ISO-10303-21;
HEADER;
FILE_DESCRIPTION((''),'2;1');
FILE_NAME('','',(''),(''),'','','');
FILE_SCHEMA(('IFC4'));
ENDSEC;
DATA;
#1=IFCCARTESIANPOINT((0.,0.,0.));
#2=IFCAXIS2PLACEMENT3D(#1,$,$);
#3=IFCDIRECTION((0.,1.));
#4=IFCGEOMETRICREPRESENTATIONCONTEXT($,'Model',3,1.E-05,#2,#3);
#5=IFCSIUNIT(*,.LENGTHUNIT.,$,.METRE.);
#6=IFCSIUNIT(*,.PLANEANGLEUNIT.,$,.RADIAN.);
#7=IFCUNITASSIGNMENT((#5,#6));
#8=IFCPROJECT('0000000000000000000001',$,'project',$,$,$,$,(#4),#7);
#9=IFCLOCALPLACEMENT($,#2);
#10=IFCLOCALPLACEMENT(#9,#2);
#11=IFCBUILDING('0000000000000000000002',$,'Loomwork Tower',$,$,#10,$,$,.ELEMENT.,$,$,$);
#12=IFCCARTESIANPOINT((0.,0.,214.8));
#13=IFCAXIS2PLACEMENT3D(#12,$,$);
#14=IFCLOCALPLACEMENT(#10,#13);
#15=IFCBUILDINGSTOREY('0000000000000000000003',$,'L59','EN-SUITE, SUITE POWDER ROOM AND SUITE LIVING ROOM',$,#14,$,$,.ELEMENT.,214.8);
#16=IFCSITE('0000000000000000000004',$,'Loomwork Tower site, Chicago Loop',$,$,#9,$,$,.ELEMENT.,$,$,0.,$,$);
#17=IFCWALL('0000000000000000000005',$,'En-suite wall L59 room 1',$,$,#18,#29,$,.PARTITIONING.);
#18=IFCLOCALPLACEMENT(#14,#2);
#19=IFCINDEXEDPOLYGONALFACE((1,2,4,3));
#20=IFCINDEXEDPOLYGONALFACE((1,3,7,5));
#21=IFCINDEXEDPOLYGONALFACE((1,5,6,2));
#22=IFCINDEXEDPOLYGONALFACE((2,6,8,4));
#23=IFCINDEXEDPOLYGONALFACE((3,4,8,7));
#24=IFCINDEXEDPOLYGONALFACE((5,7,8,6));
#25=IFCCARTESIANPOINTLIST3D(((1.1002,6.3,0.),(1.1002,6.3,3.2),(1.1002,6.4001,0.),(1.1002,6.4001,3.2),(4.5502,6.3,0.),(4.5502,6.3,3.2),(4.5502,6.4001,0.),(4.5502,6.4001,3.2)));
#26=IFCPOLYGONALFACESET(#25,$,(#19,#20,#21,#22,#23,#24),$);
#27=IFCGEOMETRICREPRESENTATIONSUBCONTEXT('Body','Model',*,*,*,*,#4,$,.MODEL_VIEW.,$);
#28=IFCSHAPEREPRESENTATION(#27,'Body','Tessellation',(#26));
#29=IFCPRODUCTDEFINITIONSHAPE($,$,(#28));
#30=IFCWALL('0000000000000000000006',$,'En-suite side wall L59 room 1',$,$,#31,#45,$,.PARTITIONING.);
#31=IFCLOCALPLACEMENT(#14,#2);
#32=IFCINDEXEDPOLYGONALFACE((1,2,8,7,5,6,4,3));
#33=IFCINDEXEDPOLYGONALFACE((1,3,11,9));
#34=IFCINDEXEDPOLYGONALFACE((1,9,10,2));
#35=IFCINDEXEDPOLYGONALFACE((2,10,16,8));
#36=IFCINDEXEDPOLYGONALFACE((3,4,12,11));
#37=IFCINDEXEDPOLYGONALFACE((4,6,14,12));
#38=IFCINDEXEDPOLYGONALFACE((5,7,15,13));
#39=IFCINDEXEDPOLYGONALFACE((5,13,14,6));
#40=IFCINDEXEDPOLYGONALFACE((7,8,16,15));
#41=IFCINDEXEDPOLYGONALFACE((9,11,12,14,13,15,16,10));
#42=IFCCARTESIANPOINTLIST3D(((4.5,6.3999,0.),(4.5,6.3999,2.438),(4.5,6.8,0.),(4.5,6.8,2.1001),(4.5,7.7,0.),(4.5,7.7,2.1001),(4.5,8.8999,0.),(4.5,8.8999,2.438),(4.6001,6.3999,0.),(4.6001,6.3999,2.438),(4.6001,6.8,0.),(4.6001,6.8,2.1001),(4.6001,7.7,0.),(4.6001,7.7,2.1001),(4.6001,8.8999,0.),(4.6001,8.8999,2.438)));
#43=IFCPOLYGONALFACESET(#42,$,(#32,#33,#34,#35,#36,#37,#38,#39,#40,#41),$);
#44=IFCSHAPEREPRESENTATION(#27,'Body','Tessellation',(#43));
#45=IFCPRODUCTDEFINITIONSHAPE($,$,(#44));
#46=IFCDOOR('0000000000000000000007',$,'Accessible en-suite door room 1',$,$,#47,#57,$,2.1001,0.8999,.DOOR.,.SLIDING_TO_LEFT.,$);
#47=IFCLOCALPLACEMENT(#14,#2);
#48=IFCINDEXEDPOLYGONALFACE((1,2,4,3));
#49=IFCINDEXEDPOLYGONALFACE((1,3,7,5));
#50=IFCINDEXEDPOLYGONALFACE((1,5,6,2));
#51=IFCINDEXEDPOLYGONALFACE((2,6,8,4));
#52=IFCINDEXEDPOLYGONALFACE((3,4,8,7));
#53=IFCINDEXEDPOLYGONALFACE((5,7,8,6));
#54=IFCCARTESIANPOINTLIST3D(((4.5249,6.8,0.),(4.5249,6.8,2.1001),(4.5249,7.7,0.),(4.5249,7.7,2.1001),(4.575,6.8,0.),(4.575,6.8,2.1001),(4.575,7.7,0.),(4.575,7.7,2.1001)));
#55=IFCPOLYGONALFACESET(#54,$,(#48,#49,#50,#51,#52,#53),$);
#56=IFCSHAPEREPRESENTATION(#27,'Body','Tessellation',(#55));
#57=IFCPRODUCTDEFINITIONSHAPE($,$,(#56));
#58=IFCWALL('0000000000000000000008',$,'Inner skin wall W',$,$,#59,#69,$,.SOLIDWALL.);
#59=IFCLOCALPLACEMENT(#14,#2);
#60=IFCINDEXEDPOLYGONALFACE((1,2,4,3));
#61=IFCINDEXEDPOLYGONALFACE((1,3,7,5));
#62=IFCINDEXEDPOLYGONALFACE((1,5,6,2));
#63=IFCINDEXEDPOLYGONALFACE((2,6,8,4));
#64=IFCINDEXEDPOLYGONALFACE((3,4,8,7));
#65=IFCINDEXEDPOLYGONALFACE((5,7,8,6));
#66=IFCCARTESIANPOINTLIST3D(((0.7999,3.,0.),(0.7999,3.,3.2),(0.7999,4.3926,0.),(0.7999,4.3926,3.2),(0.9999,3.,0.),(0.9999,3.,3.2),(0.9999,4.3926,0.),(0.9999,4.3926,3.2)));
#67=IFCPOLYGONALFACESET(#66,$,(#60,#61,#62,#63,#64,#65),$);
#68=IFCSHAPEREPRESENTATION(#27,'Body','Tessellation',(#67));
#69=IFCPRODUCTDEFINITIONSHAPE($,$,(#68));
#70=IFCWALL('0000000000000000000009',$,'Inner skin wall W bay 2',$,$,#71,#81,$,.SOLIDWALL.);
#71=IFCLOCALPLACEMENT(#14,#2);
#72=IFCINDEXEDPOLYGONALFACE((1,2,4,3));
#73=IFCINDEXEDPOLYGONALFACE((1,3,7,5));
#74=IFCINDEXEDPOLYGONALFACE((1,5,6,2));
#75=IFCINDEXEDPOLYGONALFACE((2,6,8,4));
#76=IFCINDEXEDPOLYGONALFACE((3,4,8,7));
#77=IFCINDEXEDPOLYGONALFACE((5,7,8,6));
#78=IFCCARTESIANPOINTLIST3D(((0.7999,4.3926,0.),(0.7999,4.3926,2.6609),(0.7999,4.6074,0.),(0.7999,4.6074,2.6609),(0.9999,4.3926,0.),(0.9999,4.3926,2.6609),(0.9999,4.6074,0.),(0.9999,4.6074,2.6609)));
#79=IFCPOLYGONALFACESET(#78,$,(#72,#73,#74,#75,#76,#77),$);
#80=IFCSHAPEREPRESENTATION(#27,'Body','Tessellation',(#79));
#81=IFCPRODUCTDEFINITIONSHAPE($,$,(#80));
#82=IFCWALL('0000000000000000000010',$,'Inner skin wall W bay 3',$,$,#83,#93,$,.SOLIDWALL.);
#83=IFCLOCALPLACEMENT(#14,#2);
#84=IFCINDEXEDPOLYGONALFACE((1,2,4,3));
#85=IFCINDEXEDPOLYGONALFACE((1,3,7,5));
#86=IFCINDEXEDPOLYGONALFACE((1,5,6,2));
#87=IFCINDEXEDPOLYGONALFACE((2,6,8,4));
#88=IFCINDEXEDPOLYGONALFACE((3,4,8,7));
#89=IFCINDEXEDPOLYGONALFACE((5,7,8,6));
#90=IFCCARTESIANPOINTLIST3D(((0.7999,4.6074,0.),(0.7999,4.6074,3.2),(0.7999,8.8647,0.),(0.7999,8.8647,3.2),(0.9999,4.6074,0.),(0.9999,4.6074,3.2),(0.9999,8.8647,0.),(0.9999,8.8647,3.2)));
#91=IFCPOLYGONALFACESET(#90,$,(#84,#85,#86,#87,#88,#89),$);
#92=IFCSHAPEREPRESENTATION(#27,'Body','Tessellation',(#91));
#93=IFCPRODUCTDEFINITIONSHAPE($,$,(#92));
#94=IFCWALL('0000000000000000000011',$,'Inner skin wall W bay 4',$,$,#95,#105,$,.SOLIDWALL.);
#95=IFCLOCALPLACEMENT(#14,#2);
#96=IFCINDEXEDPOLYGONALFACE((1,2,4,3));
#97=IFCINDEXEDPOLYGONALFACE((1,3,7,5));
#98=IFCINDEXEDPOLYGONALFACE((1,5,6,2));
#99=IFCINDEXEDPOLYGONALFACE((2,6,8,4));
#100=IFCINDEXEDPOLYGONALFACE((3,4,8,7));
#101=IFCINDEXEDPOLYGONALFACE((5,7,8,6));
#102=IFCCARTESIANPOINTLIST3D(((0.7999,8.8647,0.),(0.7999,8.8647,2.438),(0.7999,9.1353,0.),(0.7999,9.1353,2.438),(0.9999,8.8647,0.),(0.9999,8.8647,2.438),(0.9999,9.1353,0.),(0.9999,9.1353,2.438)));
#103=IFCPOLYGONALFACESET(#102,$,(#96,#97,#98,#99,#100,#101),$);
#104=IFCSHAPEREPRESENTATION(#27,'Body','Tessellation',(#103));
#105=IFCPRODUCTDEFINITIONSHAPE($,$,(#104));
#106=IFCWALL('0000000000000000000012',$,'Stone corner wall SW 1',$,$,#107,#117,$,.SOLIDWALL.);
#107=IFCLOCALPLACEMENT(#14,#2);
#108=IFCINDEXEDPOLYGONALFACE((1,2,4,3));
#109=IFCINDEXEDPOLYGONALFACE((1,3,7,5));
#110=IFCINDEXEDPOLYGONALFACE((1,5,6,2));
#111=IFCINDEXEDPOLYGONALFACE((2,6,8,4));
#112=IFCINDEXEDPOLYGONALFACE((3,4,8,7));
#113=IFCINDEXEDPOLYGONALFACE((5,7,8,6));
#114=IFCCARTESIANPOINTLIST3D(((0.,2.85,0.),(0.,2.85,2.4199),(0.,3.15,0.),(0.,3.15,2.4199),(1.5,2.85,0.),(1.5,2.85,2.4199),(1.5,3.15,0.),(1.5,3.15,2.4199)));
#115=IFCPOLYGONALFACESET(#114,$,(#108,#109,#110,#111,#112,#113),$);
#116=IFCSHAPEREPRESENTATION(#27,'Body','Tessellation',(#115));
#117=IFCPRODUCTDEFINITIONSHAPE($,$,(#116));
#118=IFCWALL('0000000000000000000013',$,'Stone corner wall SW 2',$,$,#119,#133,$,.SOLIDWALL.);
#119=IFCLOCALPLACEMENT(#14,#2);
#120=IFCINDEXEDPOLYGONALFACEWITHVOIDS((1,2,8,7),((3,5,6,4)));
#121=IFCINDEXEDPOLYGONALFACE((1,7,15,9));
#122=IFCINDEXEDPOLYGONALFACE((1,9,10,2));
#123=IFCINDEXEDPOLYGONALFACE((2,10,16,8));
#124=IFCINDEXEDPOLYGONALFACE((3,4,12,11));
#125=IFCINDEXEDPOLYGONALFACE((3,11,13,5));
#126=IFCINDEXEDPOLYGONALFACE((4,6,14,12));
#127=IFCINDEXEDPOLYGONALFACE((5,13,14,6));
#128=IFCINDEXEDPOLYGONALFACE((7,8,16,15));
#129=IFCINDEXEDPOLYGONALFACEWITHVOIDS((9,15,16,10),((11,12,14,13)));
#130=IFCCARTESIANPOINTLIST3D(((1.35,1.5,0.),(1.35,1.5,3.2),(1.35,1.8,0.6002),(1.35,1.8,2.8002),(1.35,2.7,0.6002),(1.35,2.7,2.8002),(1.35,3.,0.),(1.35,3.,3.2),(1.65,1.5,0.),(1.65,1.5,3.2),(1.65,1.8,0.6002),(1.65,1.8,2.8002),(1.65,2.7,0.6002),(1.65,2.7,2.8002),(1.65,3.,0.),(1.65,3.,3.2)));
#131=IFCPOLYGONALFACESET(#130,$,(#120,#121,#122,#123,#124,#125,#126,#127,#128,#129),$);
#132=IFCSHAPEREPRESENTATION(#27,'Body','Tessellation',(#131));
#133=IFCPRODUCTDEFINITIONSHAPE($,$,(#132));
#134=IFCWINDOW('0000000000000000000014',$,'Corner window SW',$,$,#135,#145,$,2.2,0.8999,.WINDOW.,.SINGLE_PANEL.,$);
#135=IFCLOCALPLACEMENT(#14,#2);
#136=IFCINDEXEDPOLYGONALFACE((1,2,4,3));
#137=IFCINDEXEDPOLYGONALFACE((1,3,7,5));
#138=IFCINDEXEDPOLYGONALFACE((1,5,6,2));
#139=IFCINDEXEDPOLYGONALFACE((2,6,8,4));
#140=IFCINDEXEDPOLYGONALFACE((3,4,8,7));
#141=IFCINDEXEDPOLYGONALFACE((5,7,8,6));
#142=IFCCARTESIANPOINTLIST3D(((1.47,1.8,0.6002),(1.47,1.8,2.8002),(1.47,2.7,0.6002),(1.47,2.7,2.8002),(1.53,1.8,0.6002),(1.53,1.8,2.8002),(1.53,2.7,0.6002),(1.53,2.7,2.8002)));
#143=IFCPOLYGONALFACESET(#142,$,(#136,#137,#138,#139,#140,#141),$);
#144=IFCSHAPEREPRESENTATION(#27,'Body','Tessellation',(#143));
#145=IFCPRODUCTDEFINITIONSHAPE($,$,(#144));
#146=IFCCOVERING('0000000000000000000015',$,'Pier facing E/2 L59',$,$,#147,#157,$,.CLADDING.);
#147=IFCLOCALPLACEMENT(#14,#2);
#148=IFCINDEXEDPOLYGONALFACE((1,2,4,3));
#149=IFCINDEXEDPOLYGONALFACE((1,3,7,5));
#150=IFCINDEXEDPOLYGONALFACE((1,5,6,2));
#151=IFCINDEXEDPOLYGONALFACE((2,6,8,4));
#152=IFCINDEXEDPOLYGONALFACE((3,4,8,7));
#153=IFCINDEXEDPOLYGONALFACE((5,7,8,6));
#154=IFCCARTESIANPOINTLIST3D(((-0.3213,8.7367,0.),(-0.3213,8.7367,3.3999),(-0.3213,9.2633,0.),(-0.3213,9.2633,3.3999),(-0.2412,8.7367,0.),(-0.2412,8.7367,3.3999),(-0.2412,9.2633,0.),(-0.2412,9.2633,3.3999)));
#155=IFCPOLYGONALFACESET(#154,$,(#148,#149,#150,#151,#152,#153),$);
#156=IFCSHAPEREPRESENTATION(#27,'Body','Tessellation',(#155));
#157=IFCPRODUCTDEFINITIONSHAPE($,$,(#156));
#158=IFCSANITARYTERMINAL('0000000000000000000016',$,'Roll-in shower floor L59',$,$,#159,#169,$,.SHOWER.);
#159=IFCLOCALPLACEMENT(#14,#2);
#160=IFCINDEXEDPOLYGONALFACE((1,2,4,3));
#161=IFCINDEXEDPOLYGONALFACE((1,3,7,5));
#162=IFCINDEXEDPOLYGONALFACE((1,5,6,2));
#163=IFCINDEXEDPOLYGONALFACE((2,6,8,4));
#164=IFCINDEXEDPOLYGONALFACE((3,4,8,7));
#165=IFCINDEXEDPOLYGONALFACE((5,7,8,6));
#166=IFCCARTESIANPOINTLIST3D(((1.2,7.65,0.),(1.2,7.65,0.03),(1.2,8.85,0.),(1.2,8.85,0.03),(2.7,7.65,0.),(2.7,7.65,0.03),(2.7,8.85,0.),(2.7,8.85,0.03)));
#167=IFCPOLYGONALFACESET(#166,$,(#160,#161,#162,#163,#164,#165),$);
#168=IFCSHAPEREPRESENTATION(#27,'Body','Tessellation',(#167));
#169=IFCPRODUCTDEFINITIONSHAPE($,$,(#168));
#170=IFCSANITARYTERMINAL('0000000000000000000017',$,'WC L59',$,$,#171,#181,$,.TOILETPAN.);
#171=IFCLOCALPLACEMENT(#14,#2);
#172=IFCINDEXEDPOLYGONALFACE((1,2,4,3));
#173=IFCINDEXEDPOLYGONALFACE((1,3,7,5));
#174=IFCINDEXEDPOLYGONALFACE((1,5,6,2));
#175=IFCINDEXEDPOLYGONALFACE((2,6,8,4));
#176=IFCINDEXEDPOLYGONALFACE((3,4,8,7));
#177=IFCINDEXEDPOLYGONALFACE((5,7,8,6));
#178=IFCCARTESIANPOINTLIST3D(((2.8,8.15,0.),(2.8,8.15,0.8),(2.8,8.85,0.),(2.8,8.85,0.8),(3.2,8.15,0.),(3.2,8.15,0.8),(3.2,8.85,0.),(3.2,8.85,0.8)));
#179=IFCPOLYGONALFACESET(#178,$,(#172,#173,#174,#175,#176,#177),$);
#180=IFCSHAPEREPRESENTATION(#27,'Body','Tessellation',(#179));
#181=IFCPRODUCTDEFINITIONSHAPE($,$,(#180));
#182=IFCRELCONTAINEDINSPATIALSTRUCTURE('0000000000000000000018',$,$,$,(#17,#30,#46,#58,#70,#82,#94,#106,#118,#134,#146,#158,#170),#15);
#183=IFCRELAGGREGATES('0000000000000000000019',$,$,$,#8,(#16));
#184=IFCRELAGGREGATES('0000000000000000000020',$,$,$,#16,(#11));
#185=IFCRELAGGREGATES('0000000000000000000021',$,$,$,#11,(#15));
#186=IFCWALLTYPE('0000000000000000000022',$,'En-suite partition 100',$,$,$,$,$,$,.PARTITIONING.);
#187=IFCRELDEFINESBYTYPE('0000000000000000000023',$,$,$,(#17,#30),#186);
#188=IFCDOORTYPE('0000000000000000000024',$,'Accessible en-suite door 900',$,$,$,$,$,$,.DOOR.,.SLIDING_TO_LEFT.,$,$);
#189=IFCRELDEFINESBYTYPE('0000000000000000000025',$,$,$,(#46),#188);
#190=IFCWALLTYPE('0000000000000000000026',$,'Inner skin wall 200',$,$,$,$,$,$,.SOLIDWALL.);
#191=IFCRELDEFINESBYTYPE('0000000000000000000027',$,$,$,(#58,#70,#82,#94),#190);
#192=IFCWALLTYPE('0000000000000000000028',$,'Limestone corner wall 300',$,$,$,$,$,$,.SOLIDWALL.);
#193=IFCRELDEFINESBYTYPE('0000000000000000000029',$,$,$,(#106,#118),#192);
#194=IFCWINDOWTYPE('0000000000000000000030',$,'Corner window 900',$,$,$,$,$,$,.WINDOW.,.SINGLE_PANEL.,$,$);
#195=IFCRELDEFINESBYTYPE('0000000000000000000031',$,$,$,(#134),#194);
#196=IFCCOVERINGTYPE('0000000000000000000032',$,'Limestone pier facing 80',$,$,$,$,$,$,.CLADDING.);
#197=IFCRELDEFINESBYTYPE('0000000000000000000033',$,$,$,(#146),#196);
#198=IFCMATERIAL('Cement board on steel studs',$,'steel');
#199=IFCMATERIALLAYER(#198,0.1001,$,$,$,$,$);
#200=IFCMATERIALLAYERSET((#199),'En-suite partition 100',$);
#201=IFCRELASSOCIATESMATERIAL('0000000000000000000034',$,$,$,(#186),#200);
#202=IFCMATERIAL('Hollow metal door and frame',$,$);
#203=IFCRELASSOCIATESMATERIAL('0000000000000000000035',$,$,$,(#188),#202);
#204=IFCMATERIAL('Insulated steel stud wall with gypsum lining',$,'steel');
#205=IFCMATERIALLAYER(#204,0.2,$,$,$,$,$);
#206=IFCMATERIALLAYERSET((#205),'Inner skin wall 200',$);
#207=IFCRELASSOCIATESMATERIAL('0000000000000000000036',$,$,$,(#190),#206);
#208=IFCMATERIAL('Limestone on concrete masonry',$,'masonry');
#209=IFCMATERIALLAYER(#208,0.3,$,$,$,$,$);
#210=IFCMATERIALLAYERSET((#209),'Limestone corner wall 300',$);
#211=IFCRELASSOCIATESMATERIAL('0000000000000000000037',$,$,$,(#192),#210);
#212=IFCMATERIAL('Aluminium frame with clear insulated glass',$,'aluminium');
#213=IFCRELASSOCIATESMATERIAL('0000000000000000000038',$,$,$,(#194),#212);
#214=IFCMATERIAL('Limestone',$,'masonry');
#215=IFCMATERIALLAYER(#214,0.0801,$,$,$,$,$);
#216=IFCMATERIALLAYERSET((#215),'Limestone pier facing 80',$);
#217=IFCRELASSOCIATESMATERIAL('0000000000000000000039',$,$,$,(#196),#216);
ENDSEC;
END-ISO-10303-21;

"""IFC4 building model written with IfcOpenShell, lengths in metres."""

from ifc_helpers import new_model, si_unit, direction, frame, frame_2d, origin, origin_2d, place, context, subcontext, project, spatial, rectangle, extrude, material, layer, layer_set, type_object, element, fill, save


model = new_model("IFC4")

# Units and contexts
model_context = context("Model", 3, precision=1e-05, world=origin(), true_north=direction((0.0, 1.0)))
body_context = subcontext(model_context, "Body", "Model", "MODEL_VIEW")
ifc_project = project(units=[si_unit("LENGTHUNIT", "METRE"), si_unit("PLANEANGLEUNIT", "RADIAN")], contexts=[model_context])

# Site, building, storey
site_placement = place(None, origin())
site = spatial("IfcSite", under=ifc_project, at=site_placement, Name="Loomwork Tower site, Chicago Loop", CompositionType="ELEMENT", RefElevation=0.0)
building_placement = place(site_placement, origin())
building = spatial("IfcBuilding", under=site, at=building_placement, Name="Loomwork Tower", CompositionType="ELEMENT")
storey_placement = place(building_placement, frame((0.0, 0.0, 214.8)))
storey = spatial("IfcBuildingStorey", under=building, at=storey_placement, Name="L59", Description="EN-SUITE, SUITE POWDER ROOM AND SUITE LIVING ROOM", CompositionType="ELEMENT", Elevation=214.8)

# Wall
ifc_material_1 = material(Name="Cement board on steel studs", Category="steel")
ifc_layer_1 = layer(ifc_material_1, 0.1001)
ifc_layer_set_1 = layer_set([ifc_layer_1], Name="En-suite partition 100")
wall_type_1 = type_object("IfcWallType", Name="En-suite partition 100", PredefinedType="PARTITIONING", material=ifc_layer_set_1)
wall_1_placement = place(storey_placement, frame((1.1001, 6.3501, 0.0), z_axis=(0.0, 0.0, 1.0), x_axis=(1.0, 0.0, 0.0)))
element("IfcWall", 1, at=wall_1_placement, inside=storey, type_object=wall_type_1, Name="En-suite wall L59 room 1", PredefinedType="PARTITIONING", context=body_context, shape_type="SweptSolid", body=[
    extrude(rectangle(XDim=3.45, YDim=0.1001, at=frame_2d((1.7251, 0.0))), origin(), (0.0, 0.0, 1.0), 3.2),
])

# Wall, opening, door
wall_2_placement = place(storey_placement, frame((4.55, 8.8999, 0.0), z_axis=(0.0, 0.0, 1.0), x_axis=(0.0, -1.0, 0.0)))
wall_2 = element("IfcWall", 2, at=wall_2_placement, inside=storey, type_object=wall_type_1, Name="En-suite side wall L59 room 1", PredefinedType="PARTITIONING", context=body_context, shape_type="SweptSolid", body=[
    extrude(rectangle(XDim=2.5, YDim=0.1001, at=frame_2d((1.25, 0.0))), origin(), (0.0, 0.0, 1.0), 2.438),
])
opening_1_placement = place(wall_2_placement, frame((1.2, 0.0, 0.0)))
opening_1 = element("IfcOpeningElement", 3, at=opening_1_placement, cuts=wall_2, PredefinedType="OPENING", context=body_context, shape_type="SweptSolid", body=[
    extrude(rectangle(XDim=0.8999, YDim=2.1001, at=frame_2d((0.45, 1.05))), frame((0.0, 0.0601, 0.0), z_axis=(0.0, -1.0, 0.0), x_axis=(1.0, 0.0, 0.0)), (0.0, 0.0, 1.0), 0.1201),
])
ifc_material_2 = material(Name="Hollow metal door and frame")
door_type = type_object("IfcDoorType", Name="Accessible en-suite door 900", OperationType="SLIDING_TO_LEFT", PredefinedType="DOOR", material=ifc_material_2)
door_placement = place(opening_1_placement, origin())
door = element("IfcDoor", 4, at=door_placement, inside=storey, type_object=door_type, Name="Accessible en-suite door room 1", OperationType="SLIDING_TO_LEFT", OverallHeight=2.1001, OverallWidth=0.8999, PredefinedType="DOOR", context=body_context, shape_type="SweptSolid", body=[
    extrude(rectangle(XDim=0.8999, YDim=2.1001, at=frame_2d((0.45, 1.05))), frame((0.0, 0.0249, 0.0), z_axis=(0.0, -1.0, 0.0), x_axis=(1.0, 0.0, 0.0)), (0.0, 0.0, 1.0), 0.05),
])
fill(opening_1, door)

# Walls
ifc_material_3 = material(Name="Insulated steel stud wall with gypsum lining", Category="steel")
ifc_layer_2 = layer(ifc_material_3, 0.2)
ifc_layer_set_2 = layer_set([ifc_layer_2], Name="Inner skin wall 200")
wall_type_2 = type_object("IfcWallType", Name="Inner skin wall 200", PredefinedType="SOLIDWALL", material=ifc_layer_set_2)
wall_3_placement = place(storey_placement, frame((0.8999, 3.0, 0.0), z_axis=(0.0, 0.0, 1.0), x_axis=(0.0, 1.0, 0.0)))
element("IfcWall", 5, at=wall_3_placement, inside=storey, type_object=wall_type_2, Name="Inner skin wall W", PredefinedType="SOLIDWALL", context=body_context, shape_type="SweptSolid", body=[
    extrude(rectangle(XDim=1.3926, YDim=0.2, at=frame_2d((0.6963, 0.0))), origin(), (0.0, 0.0, 1.0), 3.2),
])
wall_4_placement = place(storey_placement, frame((0.8999, 4.3926, 0.0), z_axis=(0.0, 0.0, 1.0), x_axis=(0.0, 1.0, 0.0)))
element("IfcWall", 6, at=wall_4_placement, inside=storey, type_object=wall_type_2, Name="Inner skin wall W bay 2", PredefinedType="SOLIDWALL", context=body_context, shape_type="SweptSolid", body=[
    extrude(rectangle(XDim=0.2148, YDim=0.2, at=frame_2d((0.1074, 0.0))), origin(), (0.0, 0.0, 1.0), 2.6609),
])
wall_5_placement = place(storey_placement, frame((0.8999, 4.6074, 0.0), z_axis=(0.0, 0.0, 1.0), x_axis=(0.0, 1.0, 0.0)))
element("IfcWall", 7, at=wall_5_placement, inside=storey, type_object=wall_type_2, Name="Inner skin wall W bay 3", PredefinedType="SOLIDWALL", context=body_context, shape_type="SweptSolid", body=[
    extrude(rectangle(XDim=4.2573, YDim=0.2, at=frame_2d((2.1287, 0.0))), origin(), (0.0, 0.0, 1.0), 3.2),
])
wall_6_placement = place(storey_placement, frame((0.8999, 8.8647, 0.0), z_axis=(0.0, 0.0, 1.0), x_axis=(0.0, 1.0, 0.0)))
element("IfcWall", 8, at=wall_6_placement, inside=storey, type_object=wall_type_2, Name="Inner skin wall W bay 4", PredefinedType="SOLIDWALL", context=body_context, shape_type="SweptSolid", body=[
    extrude(rectangle(XDim=0.2705, YDim=0.2, at=frame_2d((0.1353, 0.0))), origin(), (0.0, 0.0, 1.0), 2.438),
])
ifc_material_4 = material(Name="Limestone on concrete masonry", Category="masonry")
ifc_layer_3 = layer(ifc_material_4, 0.3)
ifc_layer_set_3 = layer_set([ifc_layer_3], Name="Limestone corner wall 300")
wall_type_3 = type_object("IfcWallType", Name="Limestone corner wall 300", PredefinedType="SOLIDWALL", material=ifc_layer_set_3)
wall_7_placement = place(storey_placement, frame((0.0, 3.0, 0.0), z_axis=(0.0, 0.0, 1.0), x_axis=(1.0, 0.0, 0.0)))
element("IfcWall", 9, at=wall_7_placement, inside=storey, type_object=wall_type_3, Name="Stone corner wall SW 1", PredefinedType="SOLIDWALL", context=body_context, shape_type="SweptSolid", body=[
    extrude(rectangle(XDim=1.5, YDim=0.3, at=frame_2d((0.75, 0.0))), origin(), (0.0, 0.0, 1.0), 2.4199),
])

# Wall, opening, window
wall_8_placement = place(storey_placement, frame((1.5, 3.0, 0.0), z_axis=(0.0, 0.0, 1.0), x_axis=(0.0, -1.0, 0.0)))
wall_8 = element("IfcWall", 10, at=wall_8_placement, inside=storey, type_object=wall_type_3, Name="Stone corner wall SW 2", PredefinedType="SOLIDWALL", context=body_context, shape_type="SweptSolid", body=[
    extrude(rectangle(XDim=1.5, YDim=0.3, at=frame_2d((0.75, 0.0))), origin(), (0.0, 0.0, 1.0), 3.2),
])
opening_2_placement = place(wall_8_placement, frame((0.3, 0.0, 0.6001)))
opening_2 = element("IfcOpeningElement", 11, at=opening_2_placement, cuts=wall_8, PredefinedType="OPENING", context=body_context, shape_type="SweptSolid", body=[
    extrude(rectangle(XDim=0.8999, YDim=2.2, at=frame_2d((0.45, 1.1001))), frame((0.0, 0.1599, 0.0), z_axis=(0.0, -1.0, 0.0), x_axis=(1.0, 0.0, 0.0)), (0.0, 0.0, 1.0), 0.3201),
])
ifc_material_5 = material(Name="Aluminium frame with clear insulated glass", Category="aluminium")
window_type = type_object("IfcWindowType", Name="Corner window 900", PartitioningType="SINGLE_PANEL", PredefinedType="WINDOW", material=ifc_material_5)
window_placement = place(opening_2_placement, origin())
window = element("IfcWindow", 12, at=window_placement, inside=storey, type_object=window_type, Name="Corner window SW", OverallHeight=2.2, OverallWidth=0.8999, PartitioningType="SINGLE_PANEL", PredefinedType="WINDOW", context=body_context, shape_type="SweptSolid", body=[
    extrude(rectangle(XDim=0.8999, YDim=2.2, at=frame_2d((0.45, 1.1001))), frame((0.0, 0.03, 0.0), z_axis=(0.0, -1.0, 0.0), x_axis=(1.0, 0.0, 0.0)), (0.0, 0.0, 1.0), 0.0601),
])
fill(opening_2, window)

# Covering
ifc_material_6 = material(Name="Limestone", Category="masonry")
ifc_layer_4 = layer(ifc_material_6, 0.0801)
ifc_layer_set_4 = layer_set([ifc_layer_4], Name="Limestone pier facing 80")
covering_type = type_object("IfcCoveringType", Name="Limestone pier facing 80", PredefinedType="CLADDING", material=ifc_layer_set_4)
covering_placement = place(storey_placement, frame((-0.2812, 9.0, 0.0), z_axis=(0.0, 0.0, 1.0), x_axis=(1.0, 0.0, 0.0)))
element("IfcCovering", 13, at=covering_placement, inside=storey, type_object=covering_type, Name="Pier facing E/2 L59", PredefinedType="CLADDING", context=body_context, shape_type="SweptSolid", body=[
    extrude(rectangle(XDim=0.0801, YDim=0.5266, at=origin_2d()), origin(), (0.0, 0.0, 1.0), 3.3999),
])

# Sanitary terminals
sanitary_terminal_1_placement = place(storey_placement, frame((1.95, 8.25, 0.0), z_axis=(0.0, 0.0, 1.0), x_axis=(1.0, 0.0, 0.0)))
element("IfcSanitaryTerminal", 14, at=sanitary_terminal_1_placement, inside=storey, Name="Roll-in shower floor L59", PredefinedType="SHOWER", context=body_context, shape_type="SweptSolid", body=[
    extrude(rectangle(XDim=1.5, YDim=1.2, at=origin_2d()), origin(), (0.0, 0.0, 1.0), 0.03),
])
sanitary_terminal_2_placement = place(storey_placement, frame((3.0, 8.5, 0.0), z_axis=(0.0, 0.0, 1.0), x_axis=(1.0, 0.0, 0.0)))
element("IfcSanitaryTerminal", 15, at=sanitary_terminal_2_placement, inside=storey, Name="WC L59", PredefinedType="TOILETPAN", context=body_context, shape_type="SweptSolid", body=[
    extrude(rectangle(XDim=0.3999, YDim=0.7, at=origin_2d()), origin(), (0.0, 0.0, 1.0), 0.8),
])

save(model, "model.ifc")
